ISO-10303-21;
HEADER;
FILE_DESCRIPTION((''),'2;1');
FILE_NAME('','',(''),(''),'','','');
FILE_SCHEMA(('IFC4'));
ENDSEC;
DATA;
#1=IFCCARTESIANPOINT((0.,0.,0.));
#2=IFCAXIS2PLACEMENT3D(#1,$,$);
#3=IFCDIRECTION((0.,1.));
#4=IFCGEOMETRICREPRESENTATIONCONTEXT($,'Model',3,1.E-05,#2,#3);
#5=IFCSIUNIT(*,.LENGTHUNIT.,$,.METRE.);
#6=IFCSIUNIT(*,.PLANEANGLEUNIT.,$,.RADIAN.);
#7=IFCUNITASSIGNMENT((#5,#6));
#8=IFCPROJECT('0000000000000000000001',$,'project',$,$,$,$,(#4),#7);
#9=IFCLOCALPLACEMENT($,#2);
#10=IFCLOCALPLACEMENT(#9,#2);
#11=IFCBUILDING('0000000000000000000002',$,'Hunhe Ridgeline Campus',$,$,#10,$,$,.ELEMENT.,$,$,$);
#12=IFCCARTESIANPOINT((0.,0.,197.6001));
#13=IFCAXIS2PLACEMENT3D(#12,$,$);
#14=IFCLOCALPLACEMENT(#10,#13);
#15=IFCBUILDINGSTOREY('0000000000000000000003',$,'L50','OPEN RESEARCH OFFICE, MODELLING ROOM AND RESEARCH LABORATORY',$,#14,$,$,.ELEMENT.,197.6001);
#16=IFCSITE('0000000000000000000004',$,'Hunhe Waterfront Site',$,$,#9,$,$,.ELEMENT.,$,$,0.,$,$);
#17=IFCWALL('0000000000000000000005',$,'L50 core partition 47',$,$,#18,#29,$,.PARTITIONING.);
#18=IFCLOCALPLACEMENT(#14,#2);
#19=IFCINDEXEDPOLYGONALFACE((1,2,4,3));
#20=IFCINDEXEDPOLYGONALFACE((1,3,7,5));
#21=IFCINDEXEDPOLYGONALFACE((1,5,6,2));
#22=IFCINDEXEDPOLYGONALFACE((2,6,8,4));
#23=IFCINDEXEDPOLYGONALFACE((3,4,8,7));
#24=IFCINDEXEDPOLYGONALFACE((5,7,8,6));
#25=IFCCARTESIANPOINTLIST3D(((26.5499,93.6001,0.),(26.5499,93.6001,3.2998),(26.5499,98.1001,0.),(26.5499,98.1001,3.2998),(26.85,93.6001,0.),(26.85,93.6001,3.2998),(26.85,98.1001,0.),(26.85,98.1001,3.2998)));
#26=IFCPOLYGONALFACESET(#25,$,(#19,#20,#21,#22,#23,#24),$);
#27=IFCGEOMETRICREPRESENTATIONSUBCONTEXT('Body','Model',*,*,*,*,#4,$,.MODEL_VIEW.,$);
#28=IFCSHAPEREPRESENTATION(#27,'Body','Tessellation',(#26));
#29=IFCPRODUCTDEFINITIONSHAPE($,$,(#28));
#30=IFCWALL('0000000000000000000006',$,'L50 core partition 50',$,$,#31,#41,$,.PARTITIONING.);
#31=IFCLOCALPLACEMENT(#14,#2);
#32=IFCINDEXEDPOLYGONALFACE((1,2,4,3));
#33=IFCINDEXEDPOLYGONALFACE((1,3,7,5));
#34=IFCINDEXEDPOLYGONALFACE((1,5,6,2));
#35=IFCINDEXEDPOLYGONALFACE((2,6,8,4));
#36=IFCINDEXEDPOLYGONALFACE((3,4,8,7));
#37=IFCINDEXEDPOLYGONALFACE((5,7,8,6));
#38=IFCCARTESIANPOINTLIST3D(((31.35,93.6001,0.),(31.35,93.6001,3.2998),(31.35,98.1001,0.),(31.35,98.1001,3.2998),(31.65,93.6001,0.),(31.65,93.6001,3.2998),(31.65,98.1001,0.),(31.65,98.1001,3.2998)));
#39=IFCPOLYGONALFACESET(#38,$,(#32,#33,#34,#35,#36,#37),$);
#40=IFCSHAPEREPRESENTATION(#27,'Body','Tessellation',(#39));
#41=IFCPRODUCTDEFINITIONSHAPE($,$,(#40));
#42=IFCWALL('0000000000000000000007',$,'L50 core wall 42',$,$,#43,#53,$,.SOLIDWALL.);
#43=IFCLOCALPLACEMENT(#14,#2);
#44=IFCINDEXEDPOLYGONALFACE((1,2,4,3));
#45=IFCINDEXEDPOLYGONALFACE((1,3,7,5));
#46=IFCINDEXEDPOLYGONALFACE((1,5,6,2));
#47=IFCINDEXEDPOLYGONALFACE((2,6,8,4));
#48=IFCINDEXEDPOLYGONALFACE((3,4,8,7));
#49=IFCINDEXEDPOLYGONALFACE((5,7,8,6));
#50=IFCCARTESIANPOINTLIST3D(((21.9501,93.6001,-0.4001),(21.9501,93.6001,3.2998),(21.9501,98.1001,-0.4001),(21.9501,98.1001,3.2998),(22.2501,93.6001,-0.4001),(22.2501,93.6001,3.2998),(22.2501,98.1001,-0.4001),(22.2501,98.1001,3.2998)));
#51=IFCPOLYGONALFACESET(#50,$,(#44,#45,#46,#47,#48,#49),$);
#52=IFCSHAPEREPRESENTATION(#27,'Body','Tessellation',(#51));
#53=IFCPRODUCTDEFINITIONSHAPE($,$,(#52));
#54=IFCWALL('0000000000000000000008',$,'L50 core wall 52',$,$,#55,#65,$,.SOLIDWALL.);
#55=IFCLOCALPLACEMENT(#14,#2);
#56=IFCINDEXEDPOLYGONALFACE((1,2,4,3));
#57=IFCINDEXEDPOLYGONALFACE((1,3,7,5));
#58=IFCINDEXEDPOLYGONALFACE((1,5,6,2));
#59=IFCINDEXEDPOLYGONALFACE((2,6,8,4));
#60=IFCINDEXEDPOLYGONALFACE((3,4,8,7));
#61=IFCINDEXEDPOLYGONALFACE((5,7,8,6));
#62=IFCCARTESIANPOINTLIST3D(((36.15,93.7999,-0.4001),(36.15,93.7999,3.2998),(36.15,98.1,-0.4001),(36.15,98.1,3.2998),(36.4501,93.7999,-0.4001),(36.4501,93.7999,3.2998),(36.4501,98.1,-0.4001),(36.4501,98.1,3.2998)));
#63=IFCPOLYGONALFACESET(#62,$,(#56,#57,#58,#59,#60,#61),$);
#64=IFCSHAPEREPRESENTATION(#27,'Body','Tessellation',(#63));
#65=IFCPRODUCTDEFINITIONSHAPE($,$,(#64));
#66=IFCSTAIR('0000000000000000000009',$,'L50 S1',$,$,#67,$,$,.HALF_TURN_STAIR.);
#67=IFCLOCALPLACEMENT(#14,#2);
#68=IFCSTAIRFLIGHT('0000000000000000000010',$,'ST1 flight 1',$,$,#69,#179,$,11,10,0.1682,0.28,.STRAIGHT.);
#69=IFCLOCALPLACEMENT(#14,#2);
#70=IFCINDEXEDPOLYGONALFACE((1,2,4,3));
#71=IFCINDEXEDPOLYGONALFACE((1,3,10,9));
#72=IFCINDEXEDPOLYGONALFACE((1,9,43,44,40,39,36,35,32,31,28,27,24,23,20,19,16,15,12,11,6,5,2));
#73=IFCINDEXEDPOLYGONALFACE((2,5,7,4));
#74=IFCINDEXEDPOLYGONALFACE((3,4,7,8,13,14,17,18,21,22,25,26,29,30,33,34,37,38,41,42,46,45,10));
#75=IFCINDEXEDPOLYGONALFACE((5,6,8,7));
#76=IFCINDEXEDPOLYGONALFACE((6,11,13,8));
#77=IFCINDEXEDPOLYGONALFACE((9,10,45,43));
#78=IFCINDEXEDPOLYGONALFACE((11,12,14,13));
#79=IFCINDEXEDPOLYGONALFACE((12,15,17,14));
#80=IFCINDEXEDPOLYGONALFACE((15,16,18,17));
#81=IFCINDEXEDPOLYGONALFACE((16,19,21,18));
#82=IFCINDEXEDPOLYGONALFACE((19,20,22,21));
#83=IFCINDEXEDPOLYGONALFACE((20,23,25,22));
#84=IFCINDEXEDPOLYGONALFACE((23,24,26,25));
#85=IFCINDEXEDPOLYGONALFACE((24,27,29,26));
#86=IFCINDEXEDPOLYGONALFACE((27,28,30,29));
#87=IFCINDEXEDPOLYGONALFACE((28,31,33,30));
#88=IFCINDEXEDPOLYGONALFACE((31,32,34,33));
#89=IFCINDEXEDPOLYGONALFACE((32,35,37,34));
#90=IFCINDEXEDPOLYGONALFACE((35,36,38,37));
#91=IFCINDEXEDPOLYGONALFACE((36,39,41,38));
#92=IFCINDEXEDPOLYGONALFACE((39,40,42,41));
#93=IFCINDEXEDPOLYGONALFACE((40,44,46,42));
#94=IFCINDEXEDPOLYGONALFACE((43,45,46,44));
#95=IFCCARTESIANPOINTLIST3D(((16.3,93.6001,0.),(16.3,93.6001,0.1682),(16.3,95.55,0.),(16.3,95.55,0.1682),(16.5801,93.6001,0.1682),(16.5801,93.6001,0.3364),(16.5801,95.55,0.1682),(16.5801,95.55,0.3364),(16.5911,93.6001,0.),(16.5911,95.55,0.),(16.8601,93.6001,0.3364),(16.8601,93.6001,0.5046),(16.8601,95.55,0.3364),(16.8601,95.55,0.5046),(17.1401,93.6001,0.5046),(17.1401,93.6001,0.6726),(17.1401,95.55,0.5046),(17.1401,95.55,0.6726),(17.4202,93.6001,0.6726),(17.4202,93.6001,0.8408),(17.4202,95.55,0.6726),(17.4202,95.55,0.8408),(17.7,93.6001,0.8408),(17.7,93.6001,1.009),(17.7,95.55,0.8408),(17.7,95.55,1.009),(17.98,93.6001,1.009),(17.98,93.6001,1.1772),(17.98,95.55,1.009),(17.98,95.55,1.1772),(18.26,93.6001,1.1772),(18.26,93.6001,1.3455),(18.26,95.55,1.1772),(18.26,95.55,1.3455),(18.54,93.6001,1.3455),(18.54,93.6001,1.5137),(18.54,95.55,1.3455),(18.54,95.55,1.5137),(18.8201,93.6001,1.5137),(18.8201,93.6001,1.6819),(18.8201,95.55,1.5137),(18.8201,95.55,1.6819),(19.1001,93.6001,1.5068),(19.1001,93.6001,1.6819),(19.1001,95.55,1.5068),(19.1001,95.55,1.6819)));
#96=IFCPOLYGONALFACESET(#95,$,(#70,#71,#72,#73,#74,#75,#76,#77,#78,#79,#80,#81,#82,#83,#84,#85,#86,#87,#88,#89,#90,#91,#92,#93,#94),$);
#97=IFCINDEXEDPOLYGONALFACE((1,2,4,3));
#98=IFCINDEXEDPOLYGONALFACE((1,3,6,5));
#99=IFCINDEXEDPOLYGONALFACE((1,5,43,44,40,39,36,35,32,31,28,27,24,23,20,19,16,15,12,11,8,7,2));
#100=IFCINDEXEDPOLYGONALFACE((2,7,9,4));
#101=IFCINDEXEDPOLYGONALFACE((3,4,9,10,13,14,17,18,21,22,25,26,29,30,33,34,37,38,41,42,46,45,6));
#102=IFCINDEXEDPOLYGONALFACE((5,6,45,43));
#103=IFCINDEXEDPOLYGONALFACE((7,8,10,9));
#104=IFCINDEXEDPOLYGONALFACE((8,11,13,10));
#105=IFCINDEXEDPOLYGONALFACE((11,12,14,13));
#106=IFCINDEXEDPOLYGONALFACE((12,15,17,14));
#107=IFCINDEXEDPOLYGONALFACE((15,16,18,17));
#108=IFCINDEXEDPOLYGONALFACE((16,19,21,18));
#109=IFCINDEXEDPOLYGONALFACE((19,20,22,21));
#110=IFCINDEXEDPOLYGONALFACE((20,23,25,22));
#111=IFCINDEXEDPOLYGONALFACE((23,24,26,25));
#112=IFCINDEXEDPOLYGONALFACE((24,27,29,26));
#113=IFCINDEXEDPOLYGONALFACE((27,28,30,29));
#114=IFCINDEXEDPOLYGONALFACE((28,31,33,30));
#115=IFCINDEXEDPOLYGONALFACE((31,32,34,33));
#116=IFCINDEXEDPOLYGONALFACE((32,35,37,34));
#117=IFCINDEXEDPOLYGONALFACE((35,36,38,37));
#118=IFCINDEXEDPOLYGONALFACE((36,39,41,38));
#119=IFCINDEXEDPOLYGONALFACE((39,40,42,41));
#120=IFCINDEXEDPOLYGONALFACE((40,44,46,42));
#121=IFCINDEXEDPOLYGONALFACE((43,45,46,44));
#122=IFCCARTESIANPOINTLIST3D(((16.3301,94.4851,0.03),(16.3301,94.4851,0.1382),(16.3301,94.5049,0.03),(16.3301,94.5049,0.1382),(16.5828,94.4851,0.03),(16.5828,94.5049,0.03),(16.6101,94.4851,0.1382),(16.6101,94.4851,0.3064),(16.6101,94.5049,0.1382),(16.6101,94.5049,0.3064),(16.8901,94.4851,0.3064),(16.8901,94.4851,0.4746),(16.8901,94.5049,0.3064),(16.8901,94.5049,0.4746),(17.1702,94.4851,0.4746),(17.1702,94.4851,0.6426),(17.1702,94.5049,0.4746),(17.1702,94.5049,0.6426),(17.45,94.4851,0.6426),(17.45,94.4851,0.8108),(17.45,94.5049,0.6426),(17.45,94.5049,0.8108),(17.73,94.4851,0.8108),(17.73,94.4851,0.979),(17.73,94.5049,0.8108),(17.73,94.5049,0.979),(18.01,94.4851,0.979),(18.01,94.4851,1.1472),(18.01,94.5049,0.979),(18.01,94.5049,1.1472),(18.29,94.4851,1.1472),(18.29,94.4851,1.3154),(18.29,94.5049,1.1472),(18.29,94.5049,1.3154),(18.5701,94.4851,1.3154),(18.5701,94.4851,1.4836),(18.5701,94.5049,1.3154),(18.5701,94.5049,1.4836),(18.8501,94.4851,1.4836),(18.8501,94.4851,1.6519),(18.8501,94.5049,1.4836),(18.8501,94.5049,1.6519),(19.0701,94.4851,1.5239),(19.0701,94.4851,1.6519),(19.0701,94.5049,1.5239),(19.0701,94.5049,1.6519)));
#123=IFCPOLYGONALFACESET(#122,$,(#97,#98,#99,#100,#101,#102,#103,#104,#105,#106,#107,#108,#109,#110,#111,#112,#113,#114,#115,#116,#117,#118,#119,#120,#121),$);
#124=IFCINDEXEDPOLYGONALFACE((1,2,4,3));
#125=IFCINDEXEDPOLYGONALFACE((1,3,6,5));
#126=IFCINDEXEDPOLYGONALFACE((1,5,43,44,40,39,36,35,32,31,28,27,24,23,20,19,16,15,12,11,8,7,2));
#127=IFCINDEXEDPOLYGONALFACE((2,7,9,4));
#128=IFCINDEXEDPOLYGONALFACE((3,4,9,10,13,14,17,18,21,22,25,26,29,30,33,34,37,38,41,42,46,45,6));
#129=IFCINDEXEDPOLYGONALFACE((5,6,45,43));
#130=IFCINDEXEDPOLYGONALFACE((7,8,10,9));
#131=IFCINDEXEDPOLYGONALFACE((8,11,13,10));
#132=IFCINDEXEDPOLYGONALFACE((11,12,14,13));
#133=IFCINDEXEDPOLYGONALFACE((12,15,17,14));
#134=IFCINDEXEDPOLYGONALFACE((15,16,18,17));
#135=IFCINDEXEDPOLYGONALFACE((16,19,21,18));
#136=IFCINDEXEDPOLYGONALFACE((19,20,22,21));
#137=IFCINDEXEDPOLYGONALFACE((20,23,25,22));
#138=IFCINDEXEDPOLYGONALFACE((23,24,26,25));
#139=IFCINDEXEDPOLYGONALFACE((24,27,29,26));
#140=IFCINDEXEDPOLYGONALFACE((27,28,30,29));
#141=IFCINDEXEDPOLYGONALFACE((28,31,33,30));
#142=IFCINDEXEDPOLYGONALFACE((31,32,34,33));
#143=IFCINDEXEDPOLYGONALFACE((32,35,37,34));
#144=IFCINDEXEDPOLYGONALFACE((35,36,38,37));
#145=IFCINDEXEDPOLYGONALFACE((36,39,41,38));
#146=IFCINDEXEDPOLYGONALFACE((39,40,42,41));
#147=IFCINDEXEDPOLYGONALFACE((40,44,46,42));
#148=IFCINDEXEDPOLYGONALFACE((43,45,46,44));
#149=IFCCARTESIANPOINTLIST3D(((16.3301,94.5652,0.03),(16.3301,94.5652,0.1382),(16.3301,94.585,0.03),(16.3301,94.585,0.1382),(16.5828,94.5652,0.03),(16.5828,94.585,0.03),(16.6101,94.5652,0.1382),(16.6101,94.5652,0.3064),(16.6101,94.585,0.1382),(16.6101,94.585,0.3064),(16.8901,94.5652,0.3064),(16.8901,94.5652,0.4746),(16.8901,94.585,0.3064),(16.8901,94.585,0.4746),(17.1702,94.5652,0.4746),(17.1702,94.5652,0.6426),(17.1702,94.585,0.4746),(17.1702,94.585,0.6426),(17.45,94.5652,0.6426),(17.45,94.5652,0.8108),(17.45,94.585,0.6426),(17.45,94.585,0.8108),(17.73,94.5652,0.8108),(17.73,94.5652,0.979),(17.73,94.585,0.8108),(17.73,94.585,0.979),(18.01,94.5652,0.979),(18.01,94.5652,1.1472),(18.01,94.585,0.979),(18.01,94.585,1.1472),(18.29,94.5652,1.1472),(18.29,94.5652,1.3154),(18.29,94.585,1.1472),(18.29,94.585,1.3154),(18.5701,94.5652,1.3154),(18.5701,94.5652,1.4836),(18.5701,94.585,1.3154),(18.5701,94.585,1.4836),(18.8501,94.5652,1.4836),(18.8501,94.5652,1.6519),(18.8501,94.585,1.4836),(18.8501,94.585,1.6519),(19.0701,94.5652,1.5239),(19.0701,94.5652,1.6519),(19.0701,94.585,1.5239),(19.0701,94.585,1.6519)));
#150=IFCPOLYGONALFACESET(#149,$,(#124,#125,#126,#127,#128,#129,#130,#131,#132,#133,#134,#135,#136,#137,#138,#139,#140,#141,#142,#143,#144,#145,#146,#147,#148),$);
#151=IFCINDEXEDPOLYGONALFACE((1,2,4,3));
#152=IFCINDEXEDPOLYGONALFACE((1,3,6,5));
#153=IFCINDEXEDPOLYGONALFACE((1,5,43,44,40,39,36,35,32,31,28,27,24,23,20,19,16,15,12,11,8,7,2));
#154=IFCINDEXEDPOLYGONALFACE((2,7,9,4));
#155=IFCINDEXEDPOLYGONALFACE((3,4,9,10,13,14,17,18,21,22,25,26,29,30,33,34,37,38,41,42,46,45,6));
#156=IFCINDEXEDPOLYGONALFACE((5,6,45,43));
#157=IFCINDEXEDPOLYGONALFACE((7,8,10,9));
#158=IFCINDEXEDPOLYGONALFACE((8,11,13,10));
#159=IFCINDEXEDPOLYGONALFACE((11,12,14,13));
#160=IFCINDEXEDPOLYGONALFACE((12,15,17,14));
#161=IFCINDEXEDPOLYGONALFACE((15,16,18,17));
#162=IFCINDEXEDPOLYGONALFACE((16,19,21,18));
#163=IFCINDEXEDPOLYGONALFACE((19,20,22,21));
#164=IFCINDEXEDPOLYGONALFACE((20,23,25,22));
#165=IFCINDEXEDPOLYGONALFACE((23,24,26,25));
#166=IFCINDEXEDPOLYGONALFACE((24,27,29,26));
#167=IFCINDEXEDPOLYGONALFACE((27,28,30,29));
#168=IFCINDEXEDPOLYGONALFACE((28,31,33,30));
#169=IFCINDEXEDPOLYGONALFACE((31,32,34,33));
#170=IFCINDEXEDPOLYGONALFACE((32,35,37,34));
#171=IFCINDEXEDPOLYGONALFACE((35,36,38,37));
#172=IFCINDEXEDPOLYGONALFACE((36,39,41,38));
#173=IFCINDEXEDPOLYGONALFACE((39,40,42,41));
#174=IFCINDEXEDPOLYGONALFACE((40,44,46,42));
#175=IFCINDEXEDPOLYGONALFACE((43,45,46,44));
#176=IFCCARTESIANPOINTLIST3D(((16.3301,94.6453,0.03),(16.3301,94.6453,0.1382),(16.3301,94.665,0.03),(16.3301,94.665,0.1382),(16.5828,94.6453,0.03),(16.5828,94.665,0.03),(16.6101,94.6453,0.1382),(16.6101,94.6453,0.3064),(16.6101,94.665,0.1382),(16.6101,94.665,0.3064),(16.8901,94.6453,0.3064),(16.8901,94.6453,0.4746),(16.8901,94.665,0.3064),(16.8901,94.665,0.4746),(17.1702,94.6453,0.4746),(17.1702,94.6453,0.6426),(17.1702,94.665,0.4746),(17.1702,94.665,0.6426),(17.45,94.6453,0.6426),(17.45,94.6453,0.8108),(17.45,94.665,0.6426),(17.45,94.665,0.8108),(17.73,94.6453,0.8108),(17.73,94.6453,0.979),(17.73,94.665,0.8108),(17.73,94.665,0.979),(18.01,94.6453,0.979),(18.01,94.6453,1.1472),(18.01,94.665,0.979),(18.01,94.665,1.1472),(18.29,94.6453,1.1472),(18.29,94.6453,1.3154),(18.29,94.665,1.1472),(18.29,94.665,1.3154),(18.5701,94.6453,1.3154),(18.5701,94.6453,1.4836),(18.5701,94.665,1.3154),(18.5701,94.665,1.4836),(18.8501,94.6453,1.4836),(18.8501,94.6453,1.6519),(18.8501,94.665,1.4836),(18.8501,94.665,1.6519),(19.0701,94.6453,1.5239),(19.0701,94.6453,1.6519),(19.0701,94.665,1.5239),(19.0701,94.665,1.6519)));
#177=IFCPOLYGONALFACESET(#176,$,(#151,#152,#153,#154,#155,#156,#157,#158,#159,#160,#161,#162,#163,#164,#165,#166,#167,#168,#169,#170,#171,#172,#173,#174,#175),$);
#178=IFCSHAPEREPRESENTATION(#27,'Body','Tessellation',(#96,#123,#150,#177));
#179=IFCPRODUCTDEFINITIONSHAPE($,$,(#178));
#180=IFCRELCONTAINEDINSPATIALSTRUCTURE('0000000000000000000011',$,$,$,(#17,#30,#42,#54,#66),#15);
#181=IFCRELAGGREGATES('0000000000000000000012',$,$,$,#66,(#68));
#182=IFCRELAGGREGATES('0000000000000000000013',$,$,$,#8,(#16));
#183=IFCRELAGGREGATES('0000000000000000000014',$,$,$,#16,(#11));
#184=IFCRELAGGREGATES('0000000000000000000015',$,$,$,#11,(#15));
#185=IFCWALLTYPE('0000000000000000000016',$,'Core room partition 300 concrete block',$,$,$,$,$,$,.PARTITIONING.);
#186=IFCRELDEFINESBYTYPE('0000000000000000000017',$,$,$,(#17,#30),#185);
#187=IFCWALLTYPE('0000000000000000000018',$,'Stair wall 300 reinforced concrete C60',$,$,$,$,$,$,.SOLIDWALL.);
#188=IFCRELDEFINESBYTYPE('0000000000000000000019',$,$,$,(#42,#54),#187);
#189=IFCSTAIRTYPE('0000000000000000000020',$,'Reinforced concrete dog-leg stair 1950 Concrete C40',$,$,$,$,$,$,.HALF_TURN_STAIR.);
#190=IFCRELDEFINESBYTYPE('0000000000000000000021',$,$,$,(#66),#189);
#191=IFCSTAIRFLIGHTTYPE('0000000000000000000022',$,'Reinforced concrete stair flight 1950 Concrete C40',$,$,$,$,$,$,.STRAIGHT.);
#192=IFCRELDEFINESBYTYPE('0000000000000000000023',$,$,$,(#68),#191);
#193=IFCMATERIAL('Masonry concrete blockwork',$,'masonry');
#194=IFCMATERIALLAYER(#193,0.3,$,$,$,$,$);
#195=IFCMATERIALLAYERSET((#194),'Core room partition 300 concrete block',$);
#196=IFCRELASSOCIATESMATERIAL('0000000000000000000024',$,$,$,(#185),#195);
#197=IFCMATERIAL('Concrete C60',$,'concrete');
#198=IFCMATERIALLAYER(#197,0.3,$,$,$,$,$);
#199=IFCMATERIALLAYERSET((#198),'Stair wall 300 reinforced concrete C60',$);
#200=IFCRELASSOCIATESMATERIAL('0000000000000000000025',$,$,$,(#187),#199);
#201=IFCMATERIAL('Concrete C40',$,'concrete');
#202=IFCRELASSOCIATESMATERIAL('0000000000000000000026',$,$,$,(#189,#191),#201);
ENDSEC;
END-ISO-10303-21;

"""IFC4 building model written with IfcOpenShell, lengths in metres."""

from ifc_helpers import new_model, si_unit, direction, frame, frame_2d, origin, place, context, subcontext, project, spatial, polyline, rectangle, outline, extrude, material, layer, layer_set, type_object, element, aggregate, save


model = new_model("IFC4")

# Units and contexts
model_context = context("Model", 3, precision=1e-05, world=origin(), true_north=direction((0.0, 1.0)))
body_context = subcontext(model_context, "Body", "Model", "MODEL_VIEW")
ifc_project = project(units=[si_unit("LENGTHUNIT", "METRE"), si_unit("PLANEANGLEUNIT", "RADIAN")], contexts=[model_context])

# Site, building, storey
site_placement = place(None, origin())
site = spatial("IfcSite", under=ifc_project, at=site_placement, Name="Hunhe Waterfront Site", CompositionType="ELEMENT", RefElevation=0.0)
building_placement = place(site_placement, origin())
building = spatial("IfcBuilding", under=site, at=building_placement, Name="Hunhe Ridgeline Campus", CompositionType="ELEMENT")
storey_placement = place(building_placement, frame((0.0, 0.0, 197.6001)))
storey = spatial("IfcBuildingStorey", under=building, at=storey_placement, Name="L50", Description="OPEN RESEARCH OFFICE, MODELLING ROOM AND RESEARCH LABORATORY", CompositionType="ELEMENT", Elevation=197.6001)

# Walls
ifc_material_1 = material(Name="Masonry concrete blockwork", Category="masonry")
ifc_layer_1 = layer(ifc_material_1, 0.3)
ifc_layer_set_1 = layer_set([ifc_layer_1], Name="Core room partition 300 concrete block")
wall_type_1 = type_object("IfcWallType", Name="Core room partition 300 concrete block", PredefinedType="PARTITIONING", material=ifc_layer_set_1)
for number, where, z_axis, x_axis, name in (
    (1, (26.7, 93.6001, 0.0), (0.0, 0.0, 1.0), (0.0, 1.0, 0.0), "L50 core partition 47"),
    (2, (31.5, 93.6001, 0.0), (0.0, 0.0, 1.0), (0.0, 1.0, 0.0), "L50 core partition 50"),
):
    element("IfcWall", number, at=place(storey_placement, frame(where, z_axis=z_axis, x_axis=x_axis)), inside=storey, type_object=wall_type_1, Name=name, PredefinedType="PARTITIONING", context=body_context, shape_type="SweptSolid", body=[
        extrude(rectangle(XDim=4.5, YDim=0.3, at=frame_2d((2.25, 0.0))), origin(), (0.0, 0.0, 1.0), 3.2998),
    ])

# Shared definitions
ifc_material_2 = material(Name="Concrete C60", Category="concrete")
ifc_layer_2 = layer(ifc_material_2, 0.3)
ifc_layer_set_2 = layer_set([ifc_layer_2], Name="Stair wall 300 reinforced concrete C60")
wall_type_2 = type_object("IfcWallType", Name="Stair wall 300 reinforced concrete C60", PredefinedType="SOLIDWALL", material=ifc_layer_set_2)

# Walls
wall_1_placement = place(storey_placement, frame((22.1001, 93.6001, -0.4001), z_axis=(0.0, 0.0, 1.0), x_axis=(0.0, 1.0, 0.0)))
element("IfcWall", 3, at=wall_1_placement, inside=storey, type_object=wall_type_2, Name="L50 core wall 42", PredefinedType="SOLIDWALL", context=body_context, shape_type="SweptSolid", body=[
    extrude(rectangle(XDim=4.5, YDim=0.3, at=frame_2d((2.25, 0.0))), origin(), (0.0, 0.0, 1.0), 3.7),
])
wall_2_placement = place(storey_placement, frame((36.3, 93.8, -0.4001), z_axis=(0.0, 0.0, 1.0), x_axis=(0.0, 1.0, 0.0)))
element("IfcWall", 4, at=wall_2_placement, inside=storey, type_object=wall_type_2, Name="L50 core wall 52", PredefinedType="SOLIDWALL", context=body_context, shape_type="SweptSolid", body=[
    extrude(rectangle(XDim=4.3, YDim=0.3, at=frame_2d((2.1499, 0.0))), origin(), (0.0, 0.0, 1.0), 3.7),
])

# Stair, stair flight
ifc_material_3 = material(Name="Concrete C40", Category="concrete")
stair_type = type_object("IfcStairType", Name="Reinforced concrete dog-leg stair 1950 Concrete C40", PredefinedType="HALF_TURN_STAIR", material=ifc_material_3)
stair_placement = place(storey_placement, origin())
stair = element("IfcStair", 5, at=stair_placement, inside=storey, type_object=stair_type, Name="L50 S1", PredefinedType="HALF_TURN_STAIR")
stair_flight_type = type_object("IfcStairFlightType", Name="Reinforced concrete stair flight 1950 Concrete C40", PredefinedType="STRAIGHT", material=ifc_material_3)
stair_flight_1_placement = place(storey_placement, frame((16.3, 94.575, 0.0), z_axis=(0.0, 0.0, 1.0), x_axis=(1.0, 0.0, 0.0)))
stair_flight_1 = element("IfcStairFlight", 6, at=stair_flight_1_placement, type_object=stair_flight_type, Name="ST1 flight 1", NumberOfRisers=11, NumberOfTreads=10, PredefinedType="STRAIGHT", RiserHeight=0.1682, TreadLength=0.28, context=body_context, shape_type="SweptSolid", body=[
    extrude(outline(polyline([(0.0, 0.0), (0.0, 0.1682), (0.28, 0.1682), (0.28, 0.3364), (0.5601, 0.3364), (0.5601, 0.5046), (0.8401, 0.5046), (0.8401, 0.6726), (1.1201, 0.6726), (1.1201, 0.8408), (1.3999, 0.8408), (1.3999, 1.009), (1.6799, 1.009), (1.6799, 1.1772), (1.96, 1.1772), (1.96, 1.3455), (2.24, 1.3455), (2.24, 1.5137), (2.52, 1.5137), (2.52, 1.6819), (2.8, 1.6819), (2.8, 1.8501), (2.8, 1.5068), (0.291, 0.0), (0.0, 0.0)])), frame((0.0, 0.9751, 0.0), z_axis=(0.0, -1.0, 0.0), x_axis=(1.0, 0.0, 0.0)), (0.0, 0.0, 1.0), 1.95),
    extrude(outline(polyline([(0.03, 0.03), (0.03, 0.1382), (0.3101, 0.1382), (0.3101, 0.3064), (0.5901, 0.3064), (0.5901, 0.4746), (0.8701, 0.4746), (0.8701, 0.6426), (1.1499, 0.6426), (1.1499, 0.8108), (1.4299, 0.8108), (1.4299, 0.979), (1.71, 0.979), (1.71, 1.1472), (1.99, 1.1472), (1.99, 1.3154), (2.27, 1.3154), (2.27, 1.4836), (2.55, 1.4836), (2.55, 1.6519), (2.77, 1.6519), (2.77, 1.5239), (0.2827, 0.03), (0.03, 0.03)])), frame((0.0, -0.0701, 0.0), z_axis=(0.0, -1.0, 0.0), x_axis=(1.0, 0.0, 0.0)), (0.0, 0.0, 1.0), 0.0198),
    extrude(outline(polyline([(0.03, 0.03), (0.03, 0.1382), (0.3101, 0.1382), (0.3101, 0.3064), (0.5901, 0.3064), (0.5901, 0.4746), (0.8701, 0.4746), (0.8701, 0.6426), (1.1499, 0.6426), (1.1499, 0.8108), (1.4299, 0.8108), (1.4299, 0.979), (1.71, 0.979), (1.71, 1.1472), (1.99, 1.1472), (1.99, 1.3154), (2.27, 1.3154), (2.27, 1.4836), (2.55, 1.4836), (2.55, 1.6519), (2.77, 1.6519), (2.77, 1.5239), (0.2827, 0.03), (0.03, 0.03)])), frame((0.0, 0.01, 0.0), z_axis=(0.0, -1.0, 0.0), x_axis=(1.0, 0.0, 0.0)), (0.0, 0.0, 1.0), 0.0198),
    extrude(outline(polyline([(0.03, 0.03), (0.03, 0.1382), (0.3101, 0.1382), (0.3101, 0.3064), (0.5901, 0.3064), (0.5901, 0.4746), (0.8701, 0.4746), (0.8701, 0.6426), (1.1499, 0.6426), (1.1499, 0.8108), (1.4299, 0.8108), (1.4299, 0.979), (1.71, 0.979), (1.71, 1.1472), (1.99, 1.1472), (1.99, 1.3154), (2.27, 1.3154), (2.27, 1.4836), (2.55, 1.4836), (2.55, 1.6519), (2.77, 1.6519), (2.77, 1.5239), (0.2827, 0.03), (0.03, 0.03)])), frame((0.0, 0.0901, 0.0), z_axis=(0.0, -1.0, 0.0), x_axis=(1.0, 0.0, 0.0)), (0.0, 0.0, 1.0), 0.0198),
])
aggregate(stair, [stair_flight_1])

save(model, "model.ifc")
